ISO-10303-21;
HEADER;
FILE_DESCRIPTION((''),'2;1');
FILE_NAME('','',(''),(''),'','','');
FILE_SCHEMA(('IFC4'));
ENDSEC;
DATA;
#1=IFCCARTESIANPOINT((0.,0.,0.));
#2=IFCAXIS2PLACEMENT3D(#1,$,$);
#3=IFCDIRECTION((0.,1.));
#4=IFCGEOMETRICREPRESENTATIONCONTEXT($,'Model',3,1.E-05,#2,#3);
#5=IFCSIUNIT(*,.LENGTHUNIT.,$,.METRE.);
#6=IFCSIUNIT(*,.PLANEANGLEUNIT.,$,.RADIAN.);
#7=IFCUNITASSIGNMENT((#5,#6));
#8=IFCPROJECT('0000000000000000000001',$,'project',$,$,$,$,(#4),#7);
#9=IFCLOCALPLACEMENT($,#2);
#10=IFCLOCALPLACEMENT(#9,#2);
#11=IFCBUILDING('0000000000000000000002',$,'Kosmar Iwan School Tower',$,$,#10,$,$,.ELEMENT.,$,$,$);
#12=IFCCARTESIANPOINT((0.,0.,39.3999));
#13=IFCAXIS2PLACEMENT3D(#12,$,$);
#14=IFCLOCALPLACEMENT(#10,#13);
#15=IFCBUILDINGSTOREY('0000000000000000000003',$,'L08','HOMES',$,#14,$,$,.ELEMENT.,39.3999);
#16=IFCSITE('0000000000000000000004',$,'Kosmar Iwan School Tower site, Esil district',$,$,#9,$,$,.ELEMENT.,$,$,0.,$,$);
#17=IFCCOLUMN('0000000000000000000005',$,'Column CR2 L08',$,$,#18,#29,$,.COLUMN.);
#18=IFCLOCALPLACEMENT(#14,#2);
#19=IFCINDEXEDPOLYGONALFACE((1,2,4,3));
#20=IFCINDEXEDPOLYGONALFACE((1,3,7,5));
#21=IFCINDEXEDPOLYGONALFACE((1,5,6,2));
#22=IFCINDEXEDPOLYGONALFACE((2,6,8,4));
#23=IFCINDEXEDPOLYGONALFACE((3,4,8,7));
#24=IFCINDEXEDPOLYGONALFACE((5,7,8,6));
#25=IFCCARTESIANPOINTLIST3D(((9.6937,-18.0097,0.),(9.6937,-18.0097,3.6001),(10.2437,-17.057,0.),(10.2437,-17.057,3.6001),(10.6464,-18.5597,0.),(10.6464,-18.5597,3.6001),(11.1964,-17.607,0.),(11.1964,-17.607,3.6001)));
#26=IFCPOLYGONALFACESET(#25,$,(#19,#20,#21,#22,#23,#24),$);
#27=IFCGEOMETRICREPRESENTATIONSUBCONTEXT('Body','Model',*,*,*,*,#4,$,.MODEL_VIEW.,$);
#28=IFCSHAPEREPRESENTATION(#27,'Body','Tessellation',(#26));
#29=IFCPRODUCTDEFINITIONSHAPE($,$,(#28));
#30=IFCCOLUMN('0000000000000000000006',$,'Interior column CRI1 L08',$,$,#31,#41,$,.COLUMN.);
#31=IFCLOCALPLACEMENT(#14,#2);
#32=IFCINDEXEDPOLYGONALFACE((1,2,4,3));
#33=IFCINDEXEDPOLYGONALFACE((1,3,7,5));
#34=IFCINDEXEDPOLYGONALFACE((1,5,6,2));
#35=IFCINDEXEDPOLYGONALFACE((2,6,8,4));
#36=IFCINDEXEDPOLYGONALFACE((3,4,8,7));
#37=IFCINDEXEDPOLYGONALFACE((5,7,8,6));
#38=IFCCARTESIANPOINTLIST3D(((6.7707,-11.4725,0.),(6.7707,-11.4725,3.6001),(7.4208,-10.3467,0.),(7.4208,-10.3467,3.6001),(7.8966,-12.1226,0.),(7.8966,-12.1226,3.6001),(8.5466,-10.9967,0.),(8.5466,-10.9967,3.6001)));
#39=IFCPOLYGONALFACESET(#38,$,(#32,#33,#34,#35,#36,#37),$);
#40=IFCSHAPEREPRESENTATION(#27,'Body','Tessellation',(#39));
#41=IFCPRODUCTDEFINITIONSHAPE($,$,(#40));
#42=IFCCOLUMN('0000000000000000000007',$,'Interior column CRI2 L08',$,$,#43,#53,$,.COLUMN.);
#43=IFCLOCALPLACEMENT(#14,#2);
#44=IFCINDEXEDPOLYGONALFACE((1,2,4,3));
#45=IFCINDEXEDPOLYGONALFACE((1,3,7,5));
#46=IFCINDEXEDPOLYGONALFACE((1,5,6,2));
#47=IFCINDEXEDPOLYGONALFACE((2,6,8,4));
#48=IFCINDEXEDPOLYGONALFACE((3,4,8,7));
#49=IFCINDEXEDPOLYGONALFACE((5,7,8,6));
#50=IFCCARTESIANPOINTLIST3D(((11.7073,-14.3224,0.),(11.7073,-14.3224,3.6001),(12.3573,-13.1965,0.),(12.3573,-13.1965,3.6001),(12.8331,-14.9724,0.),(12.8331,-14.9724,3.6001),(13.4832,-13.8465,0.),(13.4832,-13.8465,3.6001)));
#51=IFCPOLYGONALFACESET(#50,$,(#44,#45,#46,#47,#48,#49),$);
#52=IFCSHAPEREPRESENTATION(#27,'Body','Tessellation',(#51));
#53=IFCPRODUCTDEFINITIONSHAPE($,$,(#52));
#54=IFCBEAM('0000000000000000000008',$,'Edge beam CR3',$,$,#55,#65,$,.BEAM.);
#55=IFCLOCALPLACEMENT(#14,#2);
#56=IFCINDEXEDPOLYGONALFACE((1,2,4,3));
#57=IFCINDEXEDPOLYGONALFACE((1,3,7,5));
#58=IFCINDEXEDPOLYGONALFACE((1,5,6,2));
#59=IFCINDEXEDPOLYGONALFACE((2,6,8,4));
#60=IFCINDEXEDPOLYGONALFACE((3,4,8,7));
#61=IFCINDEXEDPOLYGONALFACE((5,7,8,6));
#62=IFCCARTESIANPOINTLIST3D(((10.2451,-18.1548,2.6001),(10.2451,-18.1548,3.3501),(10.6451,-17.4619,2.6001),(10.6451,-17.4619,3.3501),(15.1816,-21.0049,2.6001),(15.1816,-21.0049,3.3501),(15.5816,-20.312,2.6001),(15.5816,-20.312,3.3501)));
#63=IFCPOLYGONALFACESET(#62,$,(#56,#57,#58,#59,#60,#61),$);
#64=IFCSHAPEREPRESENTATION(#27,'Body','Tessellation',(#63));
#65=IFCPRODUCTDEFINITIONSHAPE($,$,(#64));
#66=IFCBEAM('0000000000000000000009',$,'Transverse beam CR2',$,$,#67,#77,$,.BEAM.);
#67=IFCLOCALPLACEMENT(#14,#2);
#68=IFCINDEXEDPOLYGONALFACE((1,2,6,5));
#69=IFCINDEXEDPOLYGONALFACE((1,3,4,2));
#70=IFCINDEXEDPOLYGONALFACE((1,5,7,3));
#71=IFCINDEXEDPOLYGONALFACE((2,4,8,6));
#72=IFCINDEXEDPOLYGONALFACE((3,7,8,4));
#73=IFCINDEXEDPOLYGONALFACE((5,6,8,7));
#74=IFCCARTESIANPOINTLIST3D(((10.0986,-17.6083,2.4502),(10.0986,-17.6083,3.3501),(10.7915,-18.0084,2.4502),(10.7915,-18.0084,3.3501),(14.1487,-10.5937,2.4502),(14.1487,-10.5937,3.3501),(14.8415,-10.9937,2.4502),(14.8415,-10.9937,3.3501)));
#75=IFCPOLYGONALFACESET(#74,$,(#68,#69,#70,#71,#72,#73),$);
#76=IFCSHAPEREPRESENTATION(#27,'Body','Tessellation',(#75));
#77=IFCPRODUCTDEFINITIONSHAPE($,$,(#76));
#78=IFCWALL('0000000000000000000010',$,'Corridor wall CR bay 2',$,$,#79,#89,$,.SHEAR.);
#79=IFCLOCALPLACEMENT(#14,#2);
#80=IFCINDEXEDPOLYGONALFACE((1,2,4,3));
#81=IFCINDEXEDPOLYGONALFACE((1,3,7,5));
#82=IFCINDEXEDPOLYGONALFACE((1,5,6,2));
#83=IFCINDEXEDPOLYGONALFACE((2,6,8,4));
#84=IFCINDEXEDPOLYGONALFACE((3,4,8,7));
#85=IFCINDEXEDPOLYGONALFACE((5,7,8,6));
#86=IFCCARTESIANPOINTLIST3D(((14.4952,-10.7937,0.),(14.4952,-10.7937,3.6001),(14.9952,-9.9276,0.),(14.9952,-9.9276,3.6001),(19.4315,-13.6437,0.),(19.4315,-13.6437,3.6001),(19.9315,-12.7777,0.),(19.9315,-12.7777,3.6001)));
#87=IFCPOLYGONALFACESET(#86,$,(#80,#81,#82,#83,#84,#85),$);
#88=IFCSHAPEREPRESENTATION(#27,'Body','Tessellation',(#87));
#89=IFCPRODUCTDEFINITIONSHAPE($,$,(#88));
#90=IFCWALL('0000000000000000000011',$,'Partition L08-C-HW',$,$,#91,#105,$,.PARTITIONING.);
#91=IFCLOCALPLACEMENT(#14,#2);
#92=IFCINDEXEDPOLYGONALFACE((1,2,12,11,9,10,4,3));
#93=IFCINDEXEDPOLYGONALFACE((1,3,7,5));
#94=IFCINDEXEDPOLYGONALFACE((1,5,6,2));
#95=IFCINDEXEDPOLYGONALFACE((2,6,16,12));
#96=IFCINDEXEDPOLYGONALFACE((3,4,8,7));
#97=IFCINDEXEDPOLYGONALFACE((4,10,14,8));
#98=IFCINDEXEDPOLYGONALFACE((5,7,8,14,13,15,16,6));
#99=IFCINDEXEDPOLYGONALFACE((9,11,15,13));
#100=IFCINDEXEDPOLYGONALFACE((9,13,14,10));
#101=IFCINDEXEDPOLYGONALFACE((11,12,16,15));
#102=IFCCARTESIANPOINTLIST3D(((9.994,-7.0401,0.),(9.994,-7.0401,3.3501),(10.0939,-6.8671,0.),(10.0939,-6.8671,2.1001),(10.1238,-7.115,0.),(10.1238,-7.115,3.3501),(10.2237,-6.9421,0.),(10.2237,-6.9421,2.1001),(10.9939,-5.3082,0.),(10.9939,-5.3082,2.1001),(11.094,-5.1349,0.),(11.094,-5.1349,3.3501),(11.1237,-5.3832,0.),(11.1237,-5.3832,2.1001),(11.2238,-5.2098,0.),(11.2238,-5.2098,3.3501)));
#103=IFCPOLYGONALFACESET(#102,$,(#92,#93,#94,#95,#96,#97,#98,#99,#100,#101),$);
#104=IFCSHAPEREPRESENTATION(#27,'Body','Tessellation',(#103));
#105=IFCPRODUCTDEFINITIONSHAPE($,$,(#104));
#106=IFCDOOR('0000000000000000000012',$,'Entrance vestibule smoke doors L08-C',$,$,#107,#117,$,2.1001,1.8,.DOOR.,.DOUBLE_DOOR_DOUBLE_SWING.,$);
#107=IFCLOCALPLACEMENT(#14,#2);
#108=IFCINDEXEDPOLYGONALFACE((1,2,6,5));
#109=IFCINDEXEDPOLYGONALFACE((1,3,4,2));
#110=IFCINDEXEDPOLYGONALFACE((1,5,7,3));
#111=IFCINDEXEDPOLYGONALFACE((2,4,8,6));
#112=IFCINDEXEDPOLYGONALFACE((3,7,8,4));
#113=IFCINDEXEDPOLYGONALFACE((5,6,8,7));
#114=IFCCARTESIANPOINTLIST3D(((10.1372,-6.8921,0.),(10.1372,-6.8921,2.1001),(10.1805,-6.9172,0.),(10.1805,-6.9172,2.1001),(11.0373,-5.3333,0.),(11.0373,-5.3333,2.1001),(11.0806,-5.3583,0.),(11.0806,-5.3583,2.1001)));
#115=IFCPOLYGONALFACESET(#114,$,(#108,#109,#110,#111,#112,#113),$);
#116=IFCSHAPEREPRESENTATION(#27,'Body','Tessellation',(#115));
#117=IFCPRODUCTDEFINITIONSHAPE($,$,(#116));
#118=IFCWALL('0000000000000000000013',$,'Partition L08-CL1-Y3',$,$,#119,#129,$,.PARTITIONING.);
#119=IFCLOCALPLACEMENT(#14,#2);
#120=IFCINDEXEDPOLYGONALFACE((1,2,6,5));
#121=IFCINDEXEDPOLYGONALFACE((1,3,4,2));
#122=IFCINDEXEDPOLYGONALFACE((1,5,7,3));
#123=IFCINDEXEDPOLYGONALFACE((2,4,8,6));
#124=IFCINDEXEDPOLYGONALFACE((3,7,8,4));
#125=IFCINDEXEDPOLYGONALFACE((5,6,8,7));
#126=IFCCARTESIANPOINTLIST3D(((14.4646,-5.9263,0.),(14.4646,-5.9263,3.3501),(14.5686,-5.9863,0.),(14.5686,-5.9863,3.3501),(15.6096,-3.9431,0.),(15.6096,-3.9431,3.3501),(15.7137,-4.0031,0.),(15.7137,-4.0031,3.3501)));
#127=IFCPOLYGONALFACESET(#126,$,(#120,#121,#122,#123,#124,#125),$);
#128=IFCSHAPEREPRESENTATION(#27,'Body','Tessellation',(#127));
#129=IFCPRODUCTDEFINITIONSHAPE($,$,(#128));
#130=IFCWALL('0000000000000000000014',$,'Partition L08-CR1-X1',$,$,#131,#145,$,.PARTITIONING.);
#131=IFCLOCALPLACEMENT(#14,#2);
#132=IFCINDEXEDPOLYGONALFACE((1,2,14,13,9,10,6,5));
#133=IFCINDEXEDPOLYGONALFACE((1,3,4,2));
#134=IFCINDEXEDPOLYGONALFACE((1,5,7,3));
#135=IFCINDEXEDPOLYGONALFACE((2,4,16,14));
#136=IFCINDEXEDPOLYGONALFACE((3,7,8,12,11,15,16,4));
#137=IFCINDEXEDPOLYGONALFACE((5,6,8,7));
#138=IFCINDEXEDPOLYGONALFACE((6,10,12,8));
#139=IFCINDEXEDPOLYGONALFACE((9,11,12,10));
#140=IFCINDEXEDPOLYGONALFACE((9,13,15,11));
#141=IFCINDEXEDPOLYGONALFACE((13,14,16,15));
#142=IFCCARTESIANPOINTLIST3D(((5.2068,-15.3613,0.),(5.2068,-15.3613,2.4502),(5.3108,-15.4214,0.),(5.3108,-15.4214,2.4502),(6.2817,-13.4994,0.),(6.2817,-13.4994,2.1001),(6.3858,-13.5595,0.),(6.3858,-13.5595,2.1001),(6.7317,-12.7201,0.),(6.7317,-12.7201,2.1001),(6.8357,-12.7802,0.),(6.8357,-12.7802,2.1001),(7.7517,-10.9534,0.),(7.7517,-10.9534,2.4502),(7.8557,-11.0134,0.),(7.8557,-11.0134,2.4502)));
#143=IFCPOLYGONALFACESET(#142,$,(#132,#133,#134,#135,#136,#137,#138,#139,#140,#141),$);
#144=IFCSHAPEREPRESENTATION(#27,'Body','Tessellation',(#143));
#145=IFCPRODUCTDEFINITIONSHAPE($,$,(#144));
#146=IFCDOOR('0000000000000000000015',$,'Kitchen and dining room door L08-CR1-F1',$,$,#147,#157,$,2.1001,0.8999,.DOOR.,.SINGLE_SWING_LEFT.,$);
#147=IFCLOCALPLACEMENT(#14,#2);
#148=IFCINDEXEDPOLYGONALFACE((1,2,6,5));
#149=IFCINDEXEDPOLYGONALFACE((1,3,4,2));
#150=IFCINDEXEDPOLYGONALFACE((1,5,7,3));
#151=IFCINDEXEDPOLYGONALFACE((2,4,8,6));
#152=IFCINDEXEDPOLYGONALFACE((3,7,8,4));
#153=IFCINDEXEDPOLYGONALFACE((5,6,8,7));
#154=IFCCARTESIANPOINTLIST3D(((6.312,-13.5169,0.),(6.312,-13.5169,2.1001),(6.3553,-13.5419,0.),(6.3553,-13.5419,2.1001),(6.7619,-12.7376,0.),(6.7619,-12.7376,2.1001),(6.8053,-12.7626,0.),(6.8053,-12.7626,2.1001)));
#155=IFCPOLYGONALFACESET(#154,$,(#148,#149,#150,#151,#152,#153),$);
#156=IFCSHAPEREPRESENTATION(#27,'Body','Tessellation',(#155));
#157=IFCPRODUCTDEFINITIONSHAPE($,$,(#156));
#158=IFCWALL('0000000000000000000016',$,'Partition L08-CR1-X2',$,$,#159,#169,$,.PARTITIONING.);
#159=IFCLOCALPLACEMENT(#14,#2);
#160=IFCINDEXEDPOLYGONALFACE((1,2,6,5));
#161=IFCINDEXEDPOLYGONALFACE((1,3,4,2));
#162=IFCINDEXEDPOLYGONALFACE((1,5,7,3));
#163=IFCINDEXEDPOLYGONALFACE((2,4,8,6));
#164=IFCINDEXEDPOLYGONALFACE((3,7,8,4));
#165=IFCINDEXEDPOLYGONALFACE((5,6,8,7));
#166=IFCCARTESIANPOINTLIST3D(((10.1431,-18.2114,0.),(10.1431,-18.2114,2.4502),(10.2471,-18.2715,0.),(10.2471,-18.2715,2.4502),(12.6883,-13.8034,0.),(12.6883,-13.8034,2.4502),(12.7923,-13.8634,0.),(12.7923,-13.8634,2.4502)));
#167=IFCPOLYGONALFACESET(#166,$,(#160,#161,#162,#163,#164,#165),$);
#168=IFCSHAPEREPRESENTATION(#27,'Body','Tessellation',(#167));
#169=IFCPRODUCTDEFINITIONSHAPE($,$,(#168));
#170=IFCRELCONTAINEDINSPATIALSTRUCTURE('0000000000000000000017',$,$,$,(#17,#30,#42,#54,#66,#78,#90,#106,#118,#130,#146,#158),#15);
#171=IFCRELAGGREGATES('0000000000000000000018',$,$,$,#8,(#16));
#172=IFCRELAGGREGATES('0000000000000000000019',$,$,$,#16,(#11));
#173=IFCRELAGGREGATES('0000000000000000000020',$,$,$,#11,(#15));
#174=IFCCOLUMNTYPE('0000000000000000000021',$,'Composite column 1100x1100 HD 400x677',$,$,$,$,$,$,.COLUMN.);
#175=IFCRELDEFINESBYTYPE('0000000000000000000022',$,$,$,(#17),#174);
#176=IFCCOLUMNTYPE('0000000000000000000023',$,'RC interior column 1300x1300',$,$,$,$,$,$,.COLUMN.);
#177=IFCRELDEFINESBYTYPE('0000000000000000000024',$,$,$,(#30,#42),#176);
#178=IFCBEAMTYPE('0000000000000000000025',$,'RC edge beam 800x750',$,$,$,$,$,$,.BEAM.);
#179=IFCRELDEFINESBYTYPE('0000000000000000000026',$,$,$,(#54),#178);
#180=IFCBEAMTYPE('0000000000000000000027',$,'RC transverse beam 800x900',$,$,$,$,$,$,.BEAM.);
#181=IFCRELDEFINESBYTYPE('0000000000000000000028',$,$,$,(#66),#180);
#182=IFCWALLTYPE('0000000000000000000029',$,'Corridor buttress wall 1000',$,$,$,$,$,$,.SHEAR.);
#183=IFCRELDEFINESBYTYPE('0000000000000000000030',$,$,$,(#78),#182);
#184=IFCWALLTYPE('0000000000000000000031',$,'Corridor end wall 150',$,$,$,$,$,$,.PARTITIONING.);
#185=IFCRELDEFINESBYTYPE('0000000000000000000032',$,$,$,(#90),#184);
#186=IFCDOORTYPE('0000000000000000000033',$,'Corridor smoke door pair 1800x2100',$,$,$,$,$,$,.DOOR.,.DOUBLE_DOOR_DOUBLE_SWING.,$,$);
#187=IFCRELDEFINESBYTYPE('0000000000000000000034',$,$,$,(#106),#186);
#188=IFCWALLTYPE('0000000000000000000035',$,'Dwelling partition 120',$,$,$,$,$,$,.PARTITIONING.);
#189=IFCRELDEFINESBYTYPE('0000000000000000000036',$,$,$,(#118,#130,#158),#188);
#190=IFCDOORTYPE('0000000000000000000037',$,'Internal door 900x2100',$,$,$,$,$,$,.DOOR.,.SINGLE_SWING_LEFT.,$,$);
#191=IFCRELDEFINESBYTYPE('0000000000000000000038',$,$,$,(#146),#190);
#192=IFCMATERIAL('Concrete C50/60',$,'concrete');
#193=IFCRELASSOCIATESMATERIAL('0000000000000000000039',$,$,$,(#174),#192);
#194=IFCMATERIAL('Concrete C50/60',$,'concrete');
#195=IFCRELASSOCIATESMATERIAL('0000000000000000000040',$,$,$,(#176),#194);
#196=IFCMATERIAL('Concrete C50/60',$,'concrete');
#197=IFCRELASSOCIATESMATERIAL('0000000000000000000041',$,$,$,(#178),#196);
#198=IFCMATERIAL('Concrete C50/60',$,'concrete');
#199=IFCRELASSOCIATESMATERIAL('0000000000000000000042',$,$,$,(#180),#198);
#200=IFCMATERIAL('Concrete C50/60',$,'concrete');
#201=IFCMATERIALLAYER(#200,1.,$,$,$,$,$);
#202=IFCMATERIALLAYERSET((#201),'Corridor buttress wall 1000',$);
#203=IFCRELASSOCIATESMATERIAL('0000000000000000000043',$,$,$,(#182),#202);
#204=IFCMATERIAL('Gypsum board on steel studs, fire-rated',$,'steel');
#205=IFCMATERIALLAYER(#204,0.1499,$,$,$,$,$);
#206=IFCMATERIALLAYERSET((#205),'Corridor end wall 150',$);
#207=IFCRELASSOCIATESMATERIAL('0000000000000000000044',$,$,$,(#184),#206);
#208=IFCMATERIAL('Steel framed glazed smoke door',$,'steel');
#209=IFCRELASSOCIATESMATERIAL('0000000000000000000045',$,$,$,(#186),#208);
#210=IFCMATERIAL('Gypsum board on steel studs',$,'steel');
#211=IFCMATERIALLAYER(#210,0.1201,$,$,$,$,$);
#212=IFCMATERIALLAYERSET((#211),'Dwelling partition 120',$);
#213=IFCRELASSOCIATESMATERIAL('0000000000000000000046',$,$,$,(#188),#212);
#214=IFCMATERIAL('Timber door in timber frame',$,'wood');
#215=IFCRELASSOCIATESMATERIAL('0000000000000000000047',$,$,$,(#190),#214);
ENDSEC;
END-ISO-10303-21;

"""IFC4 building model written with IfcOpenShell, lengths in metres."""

from ifc_helpers import new_model, si_unit, direction, frame, frame_2d, origin, origin_2d, place, context, subcontext, project, spatial, rectangle, extrude, material, layer, layer_set, material_profile, profile_set, type_object, element, fill, save


model = new_model("IFC4")

# Units and contexts
model_context = context("Model", 3, precision=1e-05, world=origin(), true_north=direction((0.0, 1.0)))
body_context = subcontext(model_context, "Body", "Model", "MODEL_VIEW")
ifc_project = project(units=[si_unit("LENGTHUNIT", "METRE"), si_unit("PLANEANGLEUNIT", "RADIAN")], contexts=[model_context])

# Site, building, storey
site_placement = place(None, origin())
site = spatial("IfcSite", under=ifc_project, at=site_placement, Name="Kosmar Iwan School Tower site, Esil district", CompositionType="ELEMENT", RefElevation=0.0)
building_placement = place(site_placement, origin())
building = spatial("IfcBuilding", under=site, at=building_placement, Name="Kosmar Iwan School Tower", CompositionType="ELEMENT")
storey_placement = place(building_placement, frame((0.0, 0.0, 39.3999)))
storey = spatial("IfcBuildingStorey", under=building, at=storey_placement, Name="L08", Description="HOMES", CompositionType="ELEMENT", Elevation=39.3999)

# Columns
ifc_material_1 = material(Name="Concrete C50/60", Category="concrete")
ifc_material_profile_1 = material_profile(ifc_material_1, rectangle(XDim=1.1001, YDim=1.1001, at=origin_2d()), Name="RC 1100x1100 + HD 400x677")
ifc_profile_set_1 = profile_set([ifc_material_profile_1], Name="Concrete C50/60")
column_type_1 = type_object("IfcColumnType", Name="Composite column 1100x1100 HD 400x677", PredefinedType="COLUMN", material=ifc_profile_set_1)
column_placement = place(storey_placement, frame((10.4451, -17.8083, 0.0), z_axis=(0.0, 0.0, 1.0), x_axis=(0.866025, -0.5, 0.0)))
element("IfcColumn", 1, at=column_placement, inside=storey, type_object=column_type_1, Name="Column CR2 L08", PredefinedType="COLUMN", context=body_context, shape_type="SweptSolid", body=[
    extrude(rectangle(XDim=1.1001, YDim=1.1001, at=origin_2d()), origin(), (0.0, 0.0, 1.0), 3.6001),
])
ifc_material_2 = material(Name="Concrete C50/60", Category="concrete")
ifc_material_profile_2 = material_profile(ifc_material_2, rectangle(XDim=1.3, YDim=1.3, at=origin_2d()), Name="RC 1300x1300")
ifc_profile_set_2 = profile_set([ifc_material_profile_2], Name="Concrete C50/60")
column_type_2 = type_object("IfcColumnType", Name="RC interior column 1300x1300", PredefinedType="COLUMN", material=ifc_profile_set_2)
for number, where, z_axis, x_axis, name in (
    (2, (7.6587, -11.2346, 0.0), (0.0, 0.0, 1.0), (0.866025, -0.5, 0.0), "Interior column CRI1 L08"),
    (3, (12.5952, -14.0845, 0.0), (0.0, 0.0, 1.0), (0.866025, -0.5, 0.0), "Interior column CRI2 L08"),
):
    element("IfcColumn", number, at=place(storey_placement, frame(where, z_axis=z_axis, x_axis=x_axis)), inside=storey, type_object=column_type_2, Name=name, PredefinedType="COLUMN", context=body_context, shape_type="SweptSolid", body=[
        extrude(rectangle(XDim=1.3, YDim=1.3, at=origin_2d()), origin(), (0.0, 0.0, 1.0), 3.6001),
    ])

# Beams
ifc_material_3 = material(Name="Concrete C50/60", Category="concrete")
ifc_material_profile_3 = material_profile(ifc_material_3, rectangle(XDim=0.8, YDim=0.75, at=origin_2d()), Name="RC 800x750")
ifc_profile_set_3 = profile_set([ifc_material_profile_3], Name="Concrete C50/60")
beam_type_1 = type_object("IfcBeamType", Name="RC edge beam 800x750", PredefinedType="BEAM", material=ifc_profile_set_3)
beam_1_placement = place(storey_placement, frame((10.4451, -17.8083, 2.9751), z_axis=(0.866026, -0.499999, 0.0), x_axis=(0.499999, 0.866026, 0.0)))
element("IfcBeam", 4, at=beam_1_placement, inside=storey, type_object=beam_type_1, Name="Edge beam CR3", PredefinedType="BEAM", context=body_context, shape_type="SweptSolid", body=[
    extrude(rectangle(XDim=0.8, YDim=0.75, at=origin_2d()), origin(), (0.0, 0.0, 1.0), 5.7002),
])
ifc_material_4 = material(Name="Concrete C50/60", Category="concrete")
ifc_material_profile_4 = material_profile(ifc_material_4, rectangle(XDim=0.8, YDim=0.8999, at=origin_2d()), Name="RC 800x900")
ifc_profile_set_4 = profile_set([ifc_material_profile_4], Name="Concrete C50/60")
beam_type_2 = type_object("IfcBeamType", Name="RC transverse beam 800x900", PredefinedType="BEAM", material=ifc_profile_set_4)
beam_2_placement = place(storey_placement, frame((10.4451, -17.8083, 2.9001), z_axis=(0.500013, 0.866018, 0.0), x_axis=(-0.866018, 0.500013, 0.0)))
element("IfcBeam", 5, at=beam_2_placement, inside=storey, type_object=beam_type_2, Name="Transverse beam CR2", PredefinedType="BEAM", context=body_context, shape_type="SweptSolid", body=[
    extrude(rectangle(XDim=0.8, YDim=0.8999, at=origin_2d()), origin(), (0.0, 0.0, 1.0), 8.0999),
])

# Wall
ifc_material_5 = material(Name="Concrete C50/60", Category="concrete")
ifc_layer_1 = layer(ifc_material_5, 1.0)
ifc_layer_set_1 = layer_set([ifc_layer_1], Name="Corridor buttress wall 1000")
wall_type_1 = type_object("IfcWallType", Name="Corridor buttress wall 1000", PredefinedType="SHEAR", material=ifc_layer_set_1)
wall_1_placement = place(storey_placement, frame((14.7451, -10.3606, 0.0), z_axis=(0.0, 0.0, 1.0), x_axis=(0.866015, -0.500018, 0.0)))
element("IfcWall", 6, at=wall_1_placement, inside=storey, type_object=wall_type_1, Name="Corridor wall CR bay 2", PredefinedType="SHEAR", context=body_context, shape_type="SweptSolid", body=[
    extrude(rectangle(XDim=5.7, YDim=1.0, at=frame_2d((2.8501, 0.0))), origin(), (0.0, 0.0, 1.0), 3.6001),
])

# Wall, opening, door
ifc_material_6 = material(Name="Gypsum board on steel studs, fire-rated", Category="steel")
ifc_layer_2 = layer(ifc_material_6, 0.1499)
ifc_layer_set_2 = layer_set([ifc_layer_2], Name="Corridor end wall 150")
wall_type_2 = type_object("IfcWallType", Name="Corridor end wall 150", PredefinedType="PARTITIONING", material=ifc_layer_set_2)
wall_2_placement = place(storey_placement, frame((10.0588, -7.0776, 0.0), z_axis=(0.0, 0.0, 1.0), x_axis=(0.50003, 0.866008, 0.0)))
wall_2 = element("IfcWall", 7, at=wall_2_placement, inside=storey, type_object=wall_type_2, Name="Partition L08-C-HW", PredefinedType="PARTITIONING", context=body_context, shape_type="SweptSolid", body=[
    extrude(rectangle(XDim=2.2, YDim=0.1499, at=frame_2d((1.1001, 0.0))), origin(), (0.0, 0.0, 1.0), 3.3501),
])
opening_1_placement = place(wall_2_placement, frame((0.2, 0.0, 0.0)))
opening_1 = element("IfcOpeningElement", 8, at=opening_1_placement, cuts=wall_2, PredefinedType="OPENING", context=body_context, shape_type="SweptSolid", body=[
    extrude(rectangle(XDim=1.8, YDim=2.1001, at=frame_2d((0.8999, 1.05))), frame((0.0, 0.0869, 0.0), z_axis=(0.0, -1.0, 0.0), x_axis=(1.0, 0.0, 0.0)), (0.0, 0.0, 1.0), 0.1738),
])
ifc_material_7 = material(Name="Steel framed glazed smoke door", Category="steel")
door_type_1 = type_object("IfcDoorType", Name="Corridor smoke door pair 1800x2100", OperationType="DOUBLE_DOOR_DOUBLE_SWING", PredefinedType="DOOR", material=ifc_material_7)
door_1_placement = place(opening_1_placement, origin())
door_1 = element("IfcDoor", 9, at=door_1_placement, inside=storey, type_object=door_type_1, Name="Entrance vestibule smoke doors L08-C", OperationType="DOUBLE_DOOR_DOUBLE_SWING", OverallHeight=2.1001, OverallWidth=1.8, PredefinedType="DOOR", context=body_context, shape_type="SweptSolid", body=[
    extrude(rectangle(XDim=1.8, YDim=2.1001, at=frame_2d((0.8999, 1.05))), frame((0.0, 0.0249, 0.0), z_axis=(0.0, -1.0, 0.0), x_axis=(1.0, 0.0, 0.0)), (0.0, 0.0, 1.0), 0.05),
])
fill(opening_1, door_1)

# Wall
ifc_material_8 = material(Name="Gypsum board on steel studs", Category="steel")
ifc_layer_3 = layer(ifc_material_8, 0.1201)
ifc_layer_set_3 = layer_set([ifc_layer_3], Name="Dwelling partition 120")
wall_type_3 = type_object("IfcWallType", Name="Dwelling partition 120", PredefinedType="PARTITIONING", material=ifc_layer_set_3)
wall_3_placement = place(storey_placement, frame((14.5166, -5.9563, 0.0), z_axis=(0.0, 0.0, 1.0), x_axis=(0.500015, 0.866017, 0.0)))
element("IfcWall", 10, at=wall_3_placement, inside=storey, type_object=wall_type_3, Name="Partition L08-CL1-Y3", PredefinedType="PARTITIONING", context=body_context, shape_type="SweptSolid", body=[
    extrude(rectangle(XDim=2.29, YDim=0.1201, at=frame_2d((1.145, 0.0))), origin(), (0.0, 0.0, 1.0), 3.3501),
])

# Wall, opening, door
wall_4_placement = place(storey_placement, frame((7.8037, -10.9834, 0.0), z_axis=(0.0, 0.0, 1.0), x_axis=(-0.499998, -0.866027, 0.0)))
wall_4 = element("IfcWall", 11, at=wall_4_placement, inside=storey, type_object=wall_type_3, Name="Partition L08-CR1-X1", PredefinedType="PARTITIONING", context=body_context, shape_type="SweptSolid", body=[
    extrude(rectangle(XDim=5.0898, YDim=0.1201, at=frame_2d((2.5449, 0.0))), origin(), (0.0, 0.0, 1.0), 2.4502),
])
opening_2_placement = place(wall_4_placement, frame((2.04, 0.0, 0.0)))
opening_2 = element("IfcOpeningElement", 12, at=opening_2_placement, cuts=wall_4, PredefinedType="OPENING", context=body_context, shape_type="SweptSolid", body=[
    extrude(rectangle(XDim=0.8999, YDim=2.1001, at=frame_2d((0.45, 1.05))), frame((0.0, 0.072, 0.0), z_axis=(0.0, -1.0, 0.0), x_axis=(1.0, 0.0, 0.0)), (0.0, 0.0, 1.0), 0.144),
])
ifc_material_9 = material(Name="Timber door in timber frame", Category="wood")
door_type_2 = type_object("IfcDoorType", Name="Internal door 900x2100", OperationType="SINGLE_SWING_LEFT", PredefinedType="DOOR", material=ifc_material_9)
door_2_placement = place(opening_2_placement, origin())
door_2 = element("IfcDoor", 13, at=door_2_placement, inside=storey, type_object=door_type_2, Name="Kitchen and dining room door L08-CR1-F1", OperationType="SINGLE_SWING_LEFT", OverallHeight=2.1001, OverallWidth=0.8999, PredefinedType="DOOR", context=body_context, shape_type="SweptSolid", body=[
    extrude(rectangle(XDim=0.8999, YDim=2.1001, at=frame_2d((0.45, 1.05))), frame((0.0, 0.0249, 0.0), z_axis=(0.0, -1.0, 0.0), x_axis=(1.0, 0.0, 0.0)), (0.0, 0.0, 1.0), 0.05),
])
fill(opening_2, door_2)

# Wall
wall_5_placement = place(storey_placement, frame((12.7402, -13.8335, 0.0), z_axis=(0.0, 0.0, 1.0), x_axis=(-0.500034, -0.866006, 0.0)))
element("IfcWall", 14, at=wall_5_placement, inside=storey, type_object=wall_type_3, Name="Partition L08-CR1-X2", PredefinedType="PARTITIONING", context=body_context, shape_type="SweptSolid", body=[
    extrude(rectangle(XDim=5.0901, YDim=0.1201, at=frame_2d((2.5449, 0.0))), origin(), (0.0, 0.0, 1.0), 2.4502),
])

save(model, "model.ifc")
